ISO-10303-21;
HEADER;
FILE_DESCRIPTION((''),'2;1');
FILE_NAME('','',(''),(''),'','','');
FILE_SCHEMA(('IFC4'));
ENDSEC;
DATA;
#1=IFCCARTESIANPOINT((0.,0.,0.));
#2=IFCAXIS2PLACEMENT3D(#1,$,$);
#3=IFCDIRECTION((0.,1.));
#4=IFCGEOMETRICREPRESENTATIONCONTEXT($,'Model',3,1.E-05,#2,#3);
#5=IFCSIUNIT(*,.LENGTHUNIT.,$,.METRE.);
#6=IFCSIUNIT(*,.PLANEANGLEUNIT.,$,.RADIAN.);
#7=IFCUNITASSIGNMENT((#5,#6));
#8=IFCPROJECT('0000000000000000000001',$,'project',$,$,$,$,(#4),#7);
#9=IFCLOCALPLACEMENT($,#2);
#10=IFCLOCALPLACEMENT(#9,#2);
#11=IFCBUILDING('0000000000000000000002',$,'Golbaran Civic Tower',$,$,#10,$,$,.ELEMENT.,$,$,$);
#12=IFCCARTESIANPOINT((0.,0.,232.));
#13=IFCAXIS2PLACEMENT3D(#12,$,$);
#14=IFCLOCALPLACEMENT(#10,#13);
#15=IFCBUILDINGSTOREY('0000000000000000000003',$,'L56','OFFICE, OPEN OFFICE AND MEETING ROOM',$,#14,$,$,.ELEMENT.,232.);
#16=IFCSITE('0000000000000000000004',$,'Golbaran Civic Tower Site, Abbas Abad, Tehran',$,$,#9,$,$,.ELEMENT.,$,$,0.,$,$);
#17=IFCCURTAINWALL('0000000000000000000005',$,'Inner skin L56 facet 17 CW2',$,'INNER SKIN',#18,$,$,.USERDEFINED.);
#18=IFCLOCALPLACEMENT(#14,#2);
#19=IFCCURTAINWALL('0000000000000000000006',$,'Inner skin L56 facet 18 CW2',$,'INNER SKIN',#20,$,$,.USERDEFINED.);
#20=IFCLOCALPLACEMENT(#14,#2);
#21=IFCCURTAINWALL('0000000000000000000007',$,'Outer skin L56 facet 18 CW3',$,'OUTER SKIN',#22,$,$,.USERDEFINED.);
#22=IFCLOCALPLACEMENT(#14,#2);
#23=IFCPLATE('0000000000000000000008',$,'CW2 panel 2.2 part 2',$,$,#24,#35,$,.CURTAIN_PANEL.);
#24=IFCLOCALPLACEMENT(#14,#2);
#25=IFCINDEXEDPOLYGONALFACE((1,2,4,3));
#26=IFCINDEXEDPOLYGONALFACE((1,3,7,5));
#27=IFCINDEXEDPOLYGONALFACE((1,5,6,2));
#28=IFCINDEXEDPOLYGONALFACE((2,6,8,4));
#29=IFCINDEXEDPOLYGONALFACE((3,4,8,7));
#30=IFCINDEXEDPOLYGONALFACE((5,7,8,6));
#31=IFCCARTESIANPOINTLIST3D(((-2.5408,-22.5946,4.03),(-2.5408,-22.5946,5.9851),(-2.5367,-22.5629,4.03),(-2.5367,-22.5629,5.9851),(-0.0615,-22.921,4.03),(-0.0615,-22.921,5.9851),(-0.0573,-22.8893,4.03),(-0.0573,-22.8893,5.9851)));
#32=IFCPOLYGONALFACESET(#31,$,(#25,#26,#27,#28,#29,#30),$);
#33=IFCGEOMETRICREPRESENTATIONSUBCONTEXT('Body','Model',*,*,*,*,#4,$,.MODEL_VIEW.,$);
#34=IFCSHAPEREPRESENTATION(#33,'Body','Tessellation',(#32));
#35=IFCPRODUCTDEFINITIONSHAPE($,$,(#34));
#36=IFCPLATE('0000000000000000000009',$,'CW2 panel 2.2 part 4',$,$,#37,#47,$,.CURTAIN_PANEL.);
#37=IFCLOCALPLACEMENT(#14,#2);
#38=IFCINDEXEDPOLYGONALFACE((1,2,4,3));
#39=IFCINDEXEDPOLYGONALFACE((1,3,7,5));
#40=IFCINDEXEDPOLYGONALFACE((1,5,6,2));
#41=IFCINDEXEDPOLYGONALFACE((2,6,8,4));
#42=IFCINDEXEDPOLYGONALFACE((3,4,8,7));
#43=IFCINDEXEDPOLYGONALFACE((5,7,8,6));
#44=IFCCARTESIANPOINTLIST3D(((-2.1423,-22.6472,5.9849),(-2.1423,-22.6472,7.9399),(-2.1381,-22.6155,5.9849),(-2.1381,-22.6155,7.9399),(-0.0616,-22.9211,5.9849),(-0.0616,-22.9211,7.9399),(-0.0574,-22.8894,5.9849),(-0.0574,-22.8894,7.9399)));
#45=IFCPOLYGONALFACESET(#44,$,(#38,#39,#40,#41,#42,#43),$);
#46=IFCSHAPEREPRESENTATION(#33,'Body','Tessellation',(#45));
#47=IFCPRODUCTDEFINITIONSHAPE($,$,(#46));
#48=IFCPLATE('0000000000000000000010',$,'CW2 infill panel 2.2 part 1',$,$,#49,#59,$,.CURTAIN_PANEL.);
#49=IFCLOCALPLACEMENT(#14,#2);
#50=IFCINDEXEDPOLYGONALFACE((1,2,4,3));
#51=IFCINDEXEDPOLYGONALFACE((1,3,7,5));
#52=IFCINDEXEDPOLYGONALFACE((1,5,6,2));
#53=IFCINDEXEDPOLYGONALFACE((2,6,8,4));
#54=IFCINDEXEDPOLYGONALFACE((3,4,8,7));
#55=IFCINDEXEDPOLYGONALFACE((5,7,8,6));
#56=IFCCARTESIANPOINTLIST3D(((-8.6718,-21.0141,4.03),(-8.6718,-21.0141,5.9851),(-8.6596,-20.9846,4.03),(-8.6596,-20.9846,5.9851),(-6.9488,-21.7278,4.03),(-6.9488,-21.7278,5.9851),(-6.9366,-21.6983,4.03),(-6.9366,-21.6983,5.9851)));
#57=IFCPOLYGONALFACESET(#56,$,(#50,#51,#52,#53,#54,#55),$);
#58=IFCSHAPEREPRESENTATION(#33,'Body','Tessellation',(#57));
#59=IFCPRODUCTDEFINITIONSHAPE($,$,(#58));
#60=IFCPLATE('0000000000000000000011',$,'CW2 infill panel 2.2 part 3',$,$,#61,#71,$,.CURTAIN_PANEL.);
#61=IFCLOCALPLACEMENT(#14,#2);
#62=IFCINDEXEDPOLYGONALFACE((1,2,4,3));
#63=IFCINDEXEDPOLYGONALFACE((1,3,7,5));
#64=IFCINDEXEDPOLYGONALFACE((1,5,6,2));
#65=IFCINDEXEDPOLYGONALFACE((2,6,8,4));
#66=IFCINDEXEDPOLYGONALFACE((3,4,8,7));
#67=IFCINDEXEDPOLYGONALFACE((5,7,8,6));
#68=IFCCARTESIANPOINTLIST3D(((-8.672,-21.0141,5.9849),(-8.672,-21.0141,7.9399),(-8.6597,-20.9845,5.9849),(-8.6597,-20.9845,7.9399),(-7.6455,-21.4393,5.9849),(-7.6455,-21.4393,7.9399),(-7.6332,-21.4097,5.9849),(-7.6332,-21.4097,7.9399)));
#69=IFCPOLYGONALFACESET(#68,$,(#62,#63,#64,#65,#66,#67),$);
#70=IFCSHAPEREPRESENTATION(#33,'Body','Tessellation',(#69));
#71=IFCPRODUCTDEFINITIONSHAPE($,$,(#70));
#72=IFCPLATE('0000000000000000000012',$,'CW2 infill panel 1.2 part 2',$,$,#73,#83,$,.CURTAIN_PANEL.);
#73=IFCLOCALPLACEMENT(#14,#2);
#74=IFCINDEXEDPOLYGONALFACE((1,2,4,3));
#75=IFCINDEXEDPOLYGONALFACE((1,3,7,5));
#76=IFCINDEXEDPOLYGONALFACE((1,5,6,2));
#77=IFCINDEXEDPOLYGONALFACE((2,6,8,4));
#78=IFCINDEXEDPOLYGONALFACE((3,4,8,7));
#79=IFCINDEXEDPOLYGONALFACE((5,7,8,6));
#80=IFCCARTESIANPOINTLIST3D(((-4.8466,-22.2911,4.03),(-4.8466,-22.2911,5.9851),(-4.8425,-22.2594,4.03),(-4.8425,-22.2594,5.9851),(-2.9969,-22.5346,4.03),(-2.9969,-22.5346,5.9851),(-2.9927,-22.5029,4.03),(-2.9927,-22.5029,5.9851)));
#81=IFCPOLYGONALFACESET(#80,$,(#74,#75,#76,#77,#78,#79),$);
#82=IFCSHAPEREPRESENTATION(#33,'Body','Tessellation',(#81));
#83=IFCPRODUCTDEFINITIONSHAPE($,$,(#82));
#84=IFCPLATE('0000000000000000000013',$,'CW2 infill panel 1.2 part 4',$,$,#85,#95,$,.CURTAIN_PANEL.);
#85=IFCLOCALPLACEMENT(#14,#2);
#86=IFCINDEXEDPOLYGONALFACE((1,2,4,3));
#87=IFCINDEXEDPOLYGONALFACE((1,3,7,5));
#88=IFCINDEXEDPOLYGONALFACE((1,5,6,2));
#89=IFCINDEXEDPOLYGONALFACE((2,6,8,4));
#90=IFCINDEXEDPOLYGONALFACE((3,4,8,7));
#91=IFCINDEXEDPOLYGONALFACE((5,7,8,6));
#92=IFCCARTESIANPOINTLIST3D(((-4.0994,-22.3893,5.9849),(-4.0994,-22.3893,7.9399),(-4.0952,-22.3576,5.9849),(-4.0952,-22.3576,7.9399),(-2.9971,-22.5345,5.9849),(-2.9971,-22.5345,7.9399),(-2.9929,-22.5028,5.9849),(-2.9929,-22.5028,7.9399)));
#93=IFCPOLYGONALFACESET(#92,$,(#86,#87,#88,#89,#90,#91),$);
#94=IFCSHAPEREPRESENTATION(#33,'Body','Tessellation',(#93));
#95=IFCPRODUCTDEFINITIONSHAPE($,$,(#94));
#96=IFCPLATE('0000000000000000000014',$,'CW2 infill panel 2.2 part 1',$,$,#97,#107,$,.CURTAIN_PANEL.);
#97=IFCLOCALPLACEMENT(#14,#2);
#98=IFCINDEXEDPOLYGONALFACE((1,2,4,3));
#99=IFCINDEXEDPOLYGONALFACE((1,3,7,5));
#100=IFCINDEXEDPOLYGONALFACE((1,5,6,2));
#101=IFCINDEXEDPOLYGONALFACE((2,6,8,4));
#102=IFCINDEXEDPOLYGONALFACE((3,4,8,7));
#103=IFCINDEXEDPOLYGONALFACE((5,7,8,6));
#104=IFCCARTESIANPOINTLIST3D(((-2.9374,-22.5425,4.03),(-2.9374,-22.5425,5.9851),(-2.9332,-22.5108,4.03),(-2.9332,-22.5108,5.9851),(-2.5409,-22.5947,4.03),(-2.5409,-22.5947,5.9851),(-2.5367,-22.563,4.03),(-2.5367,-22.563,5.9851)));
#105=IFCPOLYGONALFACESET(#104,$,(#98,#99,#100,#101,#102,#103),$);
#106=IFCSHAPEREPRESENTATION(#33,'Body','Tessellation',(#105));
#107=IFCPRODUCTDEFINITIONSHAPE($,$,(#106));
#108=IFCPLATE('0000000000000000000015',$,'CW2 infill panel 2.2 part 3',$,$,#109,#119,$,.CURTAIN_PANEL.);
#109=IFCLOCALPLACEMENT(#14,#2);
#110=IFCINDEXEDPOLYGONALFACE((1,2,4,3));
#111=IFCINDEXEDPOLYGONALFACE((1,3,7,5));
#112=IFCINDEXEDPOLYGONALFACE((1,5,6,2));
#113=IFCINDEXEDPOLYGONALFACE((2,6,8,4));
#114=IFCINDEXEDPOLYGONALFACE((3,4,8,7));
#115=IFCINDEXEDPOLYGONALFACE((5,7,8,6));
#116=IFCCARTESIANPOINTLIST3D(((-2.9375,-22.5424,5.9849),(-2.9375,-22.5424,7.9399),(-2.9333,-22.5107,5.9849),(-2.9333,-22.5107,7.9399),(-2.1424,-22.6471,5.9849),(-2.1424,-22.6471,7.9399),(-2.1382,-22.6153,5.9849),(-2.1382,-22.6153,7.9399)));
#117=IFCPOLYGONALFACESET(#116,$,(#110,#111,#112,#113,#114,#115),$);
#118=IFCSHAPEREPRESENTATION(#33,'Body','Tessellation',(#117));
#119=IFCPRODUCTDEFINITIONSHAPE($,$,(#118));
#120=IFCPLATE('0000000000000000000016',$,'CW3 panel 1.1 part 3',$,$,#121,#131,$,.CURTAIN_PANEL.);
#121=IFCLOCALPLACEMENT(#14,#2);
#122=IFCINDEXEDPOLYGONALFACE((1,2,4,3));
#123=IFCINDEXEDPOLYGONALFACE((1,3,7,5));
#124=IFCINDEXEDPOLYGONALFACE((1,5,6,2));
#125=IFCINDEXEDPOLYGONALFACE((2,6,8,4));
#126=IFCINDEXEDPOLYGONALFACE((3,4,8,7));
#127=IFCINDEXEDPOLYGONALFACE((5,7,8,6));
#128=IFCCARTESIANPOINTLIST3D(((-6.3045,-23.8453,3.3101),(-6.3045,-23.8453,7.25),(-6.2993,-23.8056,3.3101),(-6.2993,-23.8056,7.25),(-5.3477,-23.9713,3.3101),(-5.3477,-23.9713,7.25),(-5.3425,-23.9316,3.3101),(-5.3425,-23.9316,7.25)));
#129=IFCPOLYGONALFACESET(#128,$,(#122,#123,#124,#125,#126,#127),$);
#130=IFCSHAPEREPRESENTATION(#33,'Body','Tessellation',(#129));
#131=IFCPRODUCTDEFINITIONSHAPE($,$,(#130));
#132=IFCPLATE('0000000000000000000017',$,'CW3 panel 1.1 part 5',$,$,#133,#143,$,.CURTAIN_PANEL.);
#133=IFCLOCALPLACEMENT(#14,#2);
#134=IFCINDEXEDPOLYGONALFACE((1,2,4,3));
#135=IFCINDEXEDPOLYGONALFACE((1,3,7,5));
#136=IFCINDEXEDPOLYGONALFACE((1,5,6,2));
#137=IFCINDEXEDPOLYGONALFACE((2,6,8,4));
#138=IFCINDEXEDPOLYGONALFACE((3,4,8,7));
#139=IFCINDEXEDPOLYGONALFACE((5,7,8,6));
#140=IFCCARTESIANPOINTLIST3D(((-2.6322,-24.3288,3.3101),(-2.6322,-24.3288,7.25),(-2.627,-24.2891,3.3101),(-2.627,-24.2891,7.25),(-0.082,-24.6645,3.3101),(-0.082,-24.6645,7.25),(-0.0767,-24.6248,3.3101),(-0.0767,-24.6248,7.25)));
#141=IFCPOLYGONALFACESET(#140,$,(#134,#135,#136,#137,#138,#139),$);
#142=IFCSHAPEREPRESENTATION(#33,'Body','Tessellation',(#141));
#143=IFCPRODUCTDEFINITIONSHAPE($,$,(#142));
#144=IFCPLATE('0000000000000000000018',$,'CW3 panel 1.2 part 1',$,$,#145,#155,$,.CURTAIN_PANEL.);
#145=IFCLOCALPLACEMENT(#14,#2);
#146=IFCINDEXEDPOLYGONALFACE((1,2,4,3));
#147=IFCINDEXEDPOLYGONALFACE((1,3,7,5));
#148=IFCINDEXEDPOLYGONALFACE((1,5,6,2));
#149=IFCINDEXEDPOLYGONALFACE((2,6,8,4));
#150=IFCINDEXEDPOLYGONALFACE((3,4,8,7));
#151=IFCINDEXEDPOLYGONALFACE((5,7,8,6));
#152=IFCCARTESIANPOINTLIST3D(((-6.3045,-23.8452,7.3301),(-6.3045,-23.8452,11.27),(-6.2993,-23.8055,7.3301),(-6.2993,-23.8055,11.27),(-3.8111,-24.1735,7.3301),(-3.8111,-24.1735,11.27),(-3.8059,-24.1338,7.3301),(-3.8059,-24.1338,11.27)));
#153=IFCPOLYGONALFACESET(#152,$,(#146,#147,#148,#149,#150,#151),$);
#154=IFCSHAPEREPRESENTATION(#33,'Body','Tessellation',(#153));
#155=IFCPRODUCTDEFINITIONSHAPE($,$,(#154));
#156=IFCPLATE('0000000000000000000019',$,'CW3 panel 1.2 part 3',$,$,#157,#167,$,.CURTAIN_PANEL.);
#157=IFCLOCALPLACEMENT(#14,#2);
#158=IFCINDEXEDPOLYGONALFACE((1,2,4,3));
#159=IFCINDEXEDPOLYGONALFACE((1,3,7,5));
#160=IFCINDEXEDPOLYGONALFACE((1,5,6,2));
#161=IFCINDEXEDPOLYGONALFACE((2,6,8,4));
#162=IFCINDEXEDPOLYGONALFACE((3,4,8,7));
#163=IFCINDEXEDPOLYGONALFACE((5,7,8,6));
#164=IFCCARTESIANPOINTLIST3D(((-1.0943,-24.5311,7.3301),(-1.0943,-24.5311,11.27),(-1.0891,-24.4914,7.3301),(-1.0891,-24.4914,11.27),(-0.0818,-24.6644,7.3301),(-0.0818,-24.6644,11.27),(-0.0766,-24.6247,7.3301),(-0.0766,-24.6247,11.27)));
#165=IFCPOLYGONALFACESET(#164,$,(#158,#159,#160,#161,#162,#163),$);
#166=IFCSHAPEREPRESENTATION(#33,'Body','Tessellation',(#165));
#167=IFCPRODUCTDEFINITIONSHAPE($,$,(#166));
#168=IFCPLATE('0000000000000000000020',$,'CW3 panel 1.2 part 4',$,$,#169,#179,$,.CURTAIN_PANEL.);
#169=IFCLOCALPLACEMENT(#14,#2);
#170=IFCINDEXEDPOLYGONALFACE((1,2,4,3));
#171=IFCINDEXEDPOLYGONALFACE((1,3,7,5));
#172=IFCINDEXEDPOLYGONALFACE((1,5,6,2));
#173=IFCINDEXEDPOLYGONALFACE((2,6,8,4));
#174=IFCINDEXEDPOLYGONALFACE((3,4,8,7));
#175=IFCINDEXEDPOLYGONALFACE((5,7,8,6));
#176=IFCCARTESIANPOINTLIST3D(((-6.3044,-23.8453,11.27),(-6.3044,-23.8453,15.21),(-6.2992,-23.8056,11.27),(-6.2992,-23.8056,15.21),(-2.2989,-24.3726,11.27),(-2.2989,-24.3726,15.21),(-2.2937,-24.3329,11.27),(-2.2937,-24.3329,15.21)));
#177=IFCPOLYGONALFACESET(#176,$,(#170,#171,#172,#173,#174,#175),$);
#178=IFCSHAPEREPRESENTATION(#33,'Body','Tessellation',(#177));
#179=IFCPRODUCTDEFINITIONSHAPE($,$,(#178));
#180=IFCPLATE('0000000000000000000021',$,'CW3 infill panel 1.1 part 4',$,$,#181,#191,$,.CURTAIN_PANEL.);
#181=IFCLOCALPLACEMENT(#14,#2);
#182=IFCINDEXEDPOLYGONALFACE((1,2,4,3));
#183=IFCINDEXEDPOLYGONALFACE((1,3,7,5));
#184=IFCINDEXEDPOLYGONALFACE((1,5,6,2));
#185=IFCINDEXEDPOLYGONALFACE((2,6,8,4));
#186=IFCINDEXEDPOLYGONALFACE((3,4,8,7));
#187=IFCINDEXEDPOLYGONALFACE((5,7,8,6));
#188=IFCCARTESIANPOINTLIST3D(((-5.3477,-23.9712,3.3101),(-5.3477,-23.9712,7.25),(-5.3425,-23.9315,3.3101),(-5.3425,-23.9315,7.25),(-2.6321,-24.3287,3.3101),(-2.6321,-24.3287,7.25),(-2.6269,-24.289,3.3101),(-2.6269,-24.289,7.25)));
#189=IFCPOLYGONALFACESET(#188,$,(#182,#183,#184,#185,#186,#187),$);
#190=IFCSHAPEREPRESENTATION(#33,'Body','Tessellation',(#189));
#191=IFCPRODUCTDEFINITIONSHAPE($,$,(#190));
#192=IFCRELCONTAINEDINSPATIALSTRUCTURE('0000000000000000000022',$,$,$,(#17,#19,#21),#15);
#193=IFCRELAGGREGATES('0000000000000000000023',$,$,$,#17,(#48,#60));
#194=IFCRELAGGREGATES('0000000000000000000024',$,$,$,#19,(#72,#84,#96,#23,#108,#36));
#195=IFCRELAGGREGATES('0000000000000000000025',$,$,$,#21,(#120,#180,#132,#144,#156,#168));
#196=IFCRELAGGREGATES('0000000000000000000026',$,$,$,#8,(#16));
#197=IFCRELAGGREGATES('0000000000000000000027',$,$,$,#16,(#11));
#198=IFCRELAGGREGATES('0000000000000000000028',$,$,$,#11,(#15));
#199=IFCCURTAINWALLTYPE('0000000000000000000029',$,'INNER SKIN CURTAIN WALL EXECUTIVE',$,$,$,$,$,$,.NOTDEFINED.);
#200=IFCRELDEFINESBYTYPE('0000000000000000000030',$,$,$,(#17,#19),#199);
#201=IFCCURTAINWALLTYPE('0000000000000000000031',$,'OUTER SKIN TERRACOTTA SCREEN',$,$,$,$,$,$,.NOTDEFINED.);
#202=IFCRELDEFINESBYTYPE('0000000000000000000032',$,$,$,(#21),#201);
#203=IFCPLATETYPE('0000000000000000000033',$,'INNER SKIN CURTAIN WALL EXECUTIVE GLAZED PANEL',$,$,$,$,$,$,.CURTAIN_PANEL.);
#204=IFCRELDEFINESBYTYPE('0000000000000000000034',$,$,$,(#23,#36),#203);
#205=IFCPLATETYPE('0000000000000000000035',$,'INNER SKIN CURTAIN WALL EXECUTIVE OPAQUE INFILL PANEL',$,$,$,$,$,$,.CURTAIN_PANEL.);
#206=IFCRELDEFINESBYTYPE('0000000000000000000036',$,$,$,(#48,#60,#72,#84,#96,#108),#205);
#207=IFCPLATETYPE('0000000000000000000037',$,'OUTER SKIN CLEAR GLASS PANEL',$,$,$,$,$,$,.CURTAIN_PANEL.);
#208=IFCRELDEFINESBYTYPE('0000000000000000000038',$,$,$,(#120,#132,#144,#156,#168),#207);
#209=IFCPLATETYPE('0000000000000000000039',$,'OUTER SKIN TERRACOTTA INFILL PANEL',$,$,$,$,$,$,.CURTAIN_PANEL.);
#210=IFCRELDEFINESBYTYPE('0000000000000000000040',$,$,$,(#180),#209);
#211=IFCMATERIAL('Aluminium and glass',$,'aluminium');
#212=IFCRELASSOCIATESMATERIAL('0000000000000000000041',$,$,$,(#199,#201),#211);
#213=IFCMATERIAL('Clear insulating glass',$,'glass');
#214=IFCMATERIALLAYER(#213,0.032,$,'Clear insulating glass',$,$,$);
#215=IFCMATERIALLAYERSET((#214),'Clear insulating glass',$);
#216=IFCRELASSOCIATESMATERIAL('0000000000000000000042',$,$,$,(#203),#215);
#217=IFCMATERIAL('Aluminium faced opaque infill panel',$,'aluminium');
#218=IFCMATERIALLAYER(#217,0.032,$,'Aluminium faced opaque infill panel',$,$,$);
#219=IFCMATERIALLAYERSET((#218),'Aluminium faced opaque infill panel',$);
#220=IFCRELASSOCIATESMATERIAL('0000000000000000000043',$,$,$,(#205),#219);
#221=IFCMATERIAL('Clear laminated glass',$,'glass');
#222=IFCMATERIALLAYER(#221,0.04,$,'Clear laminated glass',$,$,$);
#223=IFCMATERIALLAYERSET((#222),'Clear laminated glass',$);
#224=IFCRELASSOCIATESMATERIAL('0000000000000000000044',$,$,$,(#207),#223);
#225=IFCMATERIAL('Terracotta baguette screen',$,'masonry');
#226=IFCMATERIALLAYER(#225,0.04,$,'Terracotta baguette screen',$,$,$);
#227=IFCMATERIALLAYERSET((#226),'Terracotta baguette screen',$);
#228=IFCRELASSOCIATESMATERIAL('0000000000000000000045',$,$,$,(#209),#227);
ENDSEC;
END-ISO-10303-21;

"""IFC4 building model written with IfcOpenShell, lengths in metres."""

from ifc_helpers import new_model, si_unit, direction, frame, origin, origin_2d, place, context, subcontext, project, spatial, rectangle, extrude, material, layer, layer_set, type_object, element, aggregate, save


model = new_model("IFC4")

# Units and contexts
model_context = context("Model", 3, precision=1e-05, world=origin(), true_north=direction((0.0, 1.0)))
body_context = subcontext(model_context, "Body", "Model", "MODEL_VIEW")
ifc_project = project(units=[si_unit("LENGTHUNIT", "METRE"), si_unit("PLANEANGLEUNIT", "RADIAN")], contexts=[model_context])

# Site, building, storey
site_placement = place(None, origin())
site = spatial("IfcSite", under=ifc_project, at=site_placement, Name="Golbaran Civic Tower Site, Abbas Abad, Tehran", CompositionType="ELEMENT", RefElevation=0.0)
building_placement = place(site_placement, origin())
building = spatial("IfcBuilding", under=site, at=building_placement, Name="Golbaran Civic Tower", CompositionType="ELEMENT")
storey_placement = place(building_placement, frame((0.0, 0.0, 232.0)))
storey = spatial("IfcBuildingStorey", under=building, at=storey_placement, Name="L56", Description="OFFICE, OPEN OFFICE AND MEETING ROOM", CompositionType="ELEMENT", Elevation=232.0)

# Curtain walls
ifc_material_1 = material(Name="Aluminium and glass", Category="aluminium")
curtain_wall_type_1 = type_object("IfcCurtainWallType", Name="INNER SKIN CURTAIN WALL EXECUTIVE", PredefinedType="NOTDEFINED", material=ifc_material_1)
curtain_wall_1_placement = place(storey_placement, origin())
curtain_wall_1 = element("IfcCurtainWall", 1, at=curtain_wall_1_placement, inside=storey, type_object=curtain_wall_type_1, Name="Inner skin L56 facet 17 CW2", ObjectType="INNER SKIN", PredefinedType="USERDEFINED")
curtain_wall_2_placement = place(storey_placement, origin())
curtain_wall_2 = element("IfcCurtainWall", 2, at=curtain_wall_2_placement, inside=storey, type_object=curtain_wall_type_1, Name="Inner skin L56 facet 18 CW2", ObjectType="INNER SKIN", PredefinedType="USERDEFINED")
curtain_wall_type_2 = type_object("IfcCurtainWallType", Name="OUTER SKIN TERRACOTTA SCREEN", PredefinedType="NOTDEFINED", material=ifc_material_1)
curtain_wall_3_placement = place(storey_placement, origin())
curtain_wall_3 = element("IfcCurtainWall", 3, at=curtain_wall_3_placement, inside=storey, type_object=curtain_wall_type_2, Name="Outer skin L56 facet 18 CW3", ObjectType="OUTER SKIN", PredefinedType="USERDEFINED")

# Plates
ifc_material_2 = material(Name="Clear insulating glass", Category="glass")
ifc_layer_1 = layer(ifc_material_2, 0.032, Name="Clear insulating glass")
ifc_layer_set_1 = layer_set([ifc_layer_1], Name="Clear insulating glass")
plate_type_1 = type_object("IfcPlateType", Name="INNER SKIN CURTAIN WALL EXECUTIVE GLAZED PANEL", PredefinedType="CURTAIN_PANEL", material=ifc_layer_set_1)
plate_1_placement = place(storey_placement, frame((-1.2991, -22.7419, 4.03), z_axis=(0.0, 0.0, 1.0), x_axis=(0.991445, -0.130526, 0.0)))
plate_1 = element("IfcPlate", 4, at=plate_1_placement, type_object=plate_type_1, Name="CW2 panel 2.2 part 2", PredefinedType="CURTAIN_PANEL", context=body_context, shape_type="SweptSolid", body=[
    extrude(rectangle(XDim=2.5007, YDim=0.032, at=origin_2d()), origin(), (0.0, 0.0, 1.0), 1.9551),
])
plate_2_placement = place(storey_placement, frame((-1.0999, -22.7683, 5.9849), z_axis=(0.0, 0.0, 1.0), x_axis=(0.991445, -0.130526, 0.0)))
plate_2 = element("IfcPlate", 5, at=plate_2_placement, type_object=plate_type_1, Name="CW2 panel 2.2 part 4", PredefinedType="CURTAIN_PANEL", context=body_context, shape_type="SweptSolid", body=[
    extrude(rectangle(XDim=2.0986, YDim=0.032, at=origin_2d()), origin(), (0.0, 0.0, 1.0), 1.9551),
])
ifc_material_3 = material(Name="Aluminium faced opaque infill panel", Category="aluminium")
ifc_layer_2 = layer(ifc_material_3, 0.032, Name="Aluminium faced opaque infill panel")
ifc_layer_set_2 = layer_set([ifc_layer_2], Name="Aluminium faced opaque infill panel")
plate_type_2 = type_object("IfcPlateType", Name="INNER SKIN CURTAIN WALL EXECUTIVE OPAQUE INFILL PANEL", PredefinedType="CURTAIN_PANEL", material=ifc_layer_set_2)
plate_3_placement = place(storey_placement, frame((-7.8042, -21.3562, 4.03), z_axis=(0.0, 0.0, 1.0), x_axis=(0.92388, -0.382683, 0.0)))
plate_3 = element("IfcPlate", 6, at=plate_3_placement, type_object=plate_type_2, Name="CW2 infill panel 2.2 part 1", PredefinedType="CURTAIN_PANEL", context=body_context, shape_type="SweptSolid", body=[
    extrude(rectangle(XDim=1.865, YDim=0.032, at=origin_2d()), origin(), (0.0, 0.0, 1.0), 1.9551),
])
plate_4_placement = place(storey_placement, frame((-8.1526, -21.2119, 5.9849), z_axis=(0.0, 0.0, 1.0), x_axis=(0.92388, -0.382683, 0.0)))
plate_4 = element("IfcPlate", 7, at=plate_4_placement, type_object=plate_type_2, Name="CW2 infill panel 2.2 part 3", PredefinedType="CURTAIN_PANEL", context=body_context, shape_type="SweptSolid", body=[
    extrude(rectangle(XDim=1.1111, YDim=0.032, at=origin_2d()), origin(), (0.0, 0.0, 1.0), 1.9551),
])
aggregate(curtain_wall_1, [plate_3, plate_4])
plate_5_placement = place(storey_placement, frame((-3.9197, -22.397, 4.03), z_axis=(0.0, 0.0, 1.0), x_axis=(0.991445, -0.130526, 0.0)))
plate_5 = element("IfcPlate", 8, at=plate_5_placement, type_object=plate_type_2, Name="CW2 infill panel 1.2 part 2", PredefinedType="CURTAIN_PANEL", context=body_context, shape_type="SweptSolid", body=[
    extrude(rectangle(XDim=1.8657, YDim=0.032, at=origin_2d()), origin(), (0.0, 0.0, 1.0), 1.9551),
])
plate_6_placement = place(storey_placement, frame((-3.5461, -22.446, 5.9849), z_axis=(0.0, 0.0, 1.0), x_axis=(0.991445, -0.130526, 0.0)))
plate_6 = element("IfcPlate", 9, at=plate_6_placement, type_object=plate_type_2, Name="CW2 infill panel 1.2 part 4", PredefinedType="CURTAIN_PANEL", context=body_context, shape_type="SweptSolid", body=[
    extrude(rectangle(XDim=1.1118, YDim=0.032, at=origin_2d()), origin(), (0.0, 0.0, 1.0), 1.9551),
])
plate_7_placement = place(storey_placement, frame((-2.7371, -22.5527, 4.03), z_axis=(0.0, 0.0, 1.0), x_axis=(0.991445, -0.130526, 0.0)))
plate_7 = element("IfcPlate", 10, at=plate_7_placement, type_object=plate_type_2, Name="CW2 infill panel 2.2 part 1", PredefinedType="CURTAIN_PANEL", context=body_context, shape_type="SweptSolid", body=[
    extrude(rectangle(XDim=0.3999, YDim=0.032, at=origin_2d()), origin(), (0.0, 0.0, 1.0), 1.9551),
])
plate_8_placement = place(storey_placement, frame((-2.5378, -22.5789, 5.9849), z_axis=(0.0, 0.0, 1.0), x_axis=(0.991445, -0.130526, 0.0)))
plate_8 = element("IfcPlate", 11, at=plate_8_placement, type_object=plate_type_2, Name="CW2 infill panel 2.2 part 3", PredefinedType="CURTAIN_PANEL", context=body_context, shape_type="SweptSolid", body=[
    extrude(rectangle(XDim=0.802, YDim=0.032, at=origin_2d()), origin(), (0.0, 0.0, 1.0), 1.9551),
])
aggregate(curtain_wall_2, [plate_5, plate_6, plate_7, plate_1, plate_8, plate_2])
ifc_material_4 = material(Name="Clear laminated glass", Category="glass")
ifc_layer_3 = layer(ifc_material_4, 0.04, Name="Clear laminated glass")
ifc_layer_set_3 = layer_set([ifc_layer_3], Name="Clear laminated glass")
plate_type_3 = type_object("IfcPlateType", Name="OUTER SKIN CLEAR GLASS PANEL", PredefinedType="CURTAIN_PANEL", material=ifc_layer_set_3)
plate_9_placement = place(storey_placement, frame((-5.8235, -23.8884, 3.3101), z_axis=(0.0, 0.0, 1.0), x_axis=(0.991445, -0.130526, 0.0)))
plate_9 = element("IfcPlate", 12, at=plate_9_placement, type_object=plate_type_3, Name="CW3 panel 1.1 part 3", PredefinedType="CURTAIN_PANEL", context=body_context, shape_type="SweptSolid", body=[
    extrude(rectangle(XDim=0.9651, YDim=0.04, at=origin_2d()), origin(), (0.0, 0.0, 1.0), 3.9399),
])
plate_10_placement = place(storey_placement, frame((-1.3545, -24.4768, 3.3101), z_axis=(0.0, 0.0, 1.0), x_axis=(0.991445, -0.130526, 0.0)))
plate_10 = element("IfcPlate", 13, at=plate_10_placement, type_object=plate_type_3, Name="CW3 panel 1.1 part 5", PredefinedType="CURTAIN_PANEL", context=body_context, shape_type="SweptSolid", body=[
    extrude(rectangle(XDim=2.5723, YDim=0.04, at=origin_2d()), origin(), (0.0, 0.0, 1.0), 3.9399),
])
plate_11_placement = place(storey_placement, frame((-5.0552, -23.9895, 7.3301), z_axis=(0.0, 0.0, 1.0), x_axis=(0.991445, -0.130526, 0.0)))
plate_11 = element("IfcPlate", 14, at=plate_11_placement, type_object=plate_type_3, Name="CW3 panel 1.2 part 1", PredefinedType="CURTAIN_PANEL", context=body_context, shape_type="SweptSolid", body=[
    extrude(rectangle(XDim=2.5149, YDim=0.04, at=origin_2d()), origin(), (0.0, 0.0, 1.0), 3.9399),
])
plate_12_placement = place(storey_placement, frame((-0.5854, -24.5779, 7.3301), z_axis=(0.0, 0.0, 1.0), x_axis=(0.991445, -0.130526, 0.0)))
plate_12 = element("IfcPlate", 15, at=plate_12_placement, type_object=plate_type_3, Name="CW3 panel 1.2 part 3", PredefinedType="CURTAIN_PANEL", context=body_context, shape_type="SweptSolid", body=[
    extrude(rectangle(XDim=1.0212, YDim=0.04, at=origin_2d()), origin(), (0.0, 0.0, 1.0), 3.9399),
])
plate_13_placement = place(storey_placement, frame((-4.2991, -24.0891, 11.27), z_axis=(0.0, 0.0, 1.0), x_axis=(0.991445, -0.130526, 0.0)))
plate_13 = element("IfcPlate", 16, at=plate_13_placement, type_object=plate_type_3, Name="CW3 panel 1.2 part 4", PredefinedType="CURTAIN_PANEL", context=body_context, shape_type="SweptSolid", body=[
    extrude(rectangle(XDim=4.04, YDim=0.04, at=origin_2d()), origin(), (0.0, 0.0, 1.0), 3.9399),
])
ifc_material_5 = material(Name="Terracotta baguette screen", Category="masonry")
ifc_layer_4 = layer(ifc_material_5, 0.04, Name="Terracotta baguette screen")
ifc_layer_set_4 = layer_set([ifc_layer_4], Name="Terracotta baguette screen")
plate_type_4 = type_object("IfcPlateType", Name="OUTER SKIN TERRACOTTA INFILL PANEL", PredefinedType="CURTAIN_PANEL", material=ifc_layer_set_4)
plate_14_placement = place(storey_placement, frame((-3.9873, -24.1301, 3.3101), z_axis=(0.0, 0.0, 1.0), x_axis=(0.991445, -0.130526, 0.0)))
plate_14 = element("IfcPlate", 17, at=plate_14_placement, type_object=plate_type_4, Name="CW3 infill panel 1.1 part 4", PredefinedType="CURTAIN_PANEL", context=body_context, shape_type="SweptSolid", body=[
    extrude(rectangle(XDim=2.739, YDim=0.04, at=origin_2d()), origin(), (0.0, 0.0, 1.0), 3.9399),
])
aggregate(curtain_wall_3, [plate_9, plate_14, plate_10, plate_11, plate_12, plate_13])

save(model, "model.ifc")
